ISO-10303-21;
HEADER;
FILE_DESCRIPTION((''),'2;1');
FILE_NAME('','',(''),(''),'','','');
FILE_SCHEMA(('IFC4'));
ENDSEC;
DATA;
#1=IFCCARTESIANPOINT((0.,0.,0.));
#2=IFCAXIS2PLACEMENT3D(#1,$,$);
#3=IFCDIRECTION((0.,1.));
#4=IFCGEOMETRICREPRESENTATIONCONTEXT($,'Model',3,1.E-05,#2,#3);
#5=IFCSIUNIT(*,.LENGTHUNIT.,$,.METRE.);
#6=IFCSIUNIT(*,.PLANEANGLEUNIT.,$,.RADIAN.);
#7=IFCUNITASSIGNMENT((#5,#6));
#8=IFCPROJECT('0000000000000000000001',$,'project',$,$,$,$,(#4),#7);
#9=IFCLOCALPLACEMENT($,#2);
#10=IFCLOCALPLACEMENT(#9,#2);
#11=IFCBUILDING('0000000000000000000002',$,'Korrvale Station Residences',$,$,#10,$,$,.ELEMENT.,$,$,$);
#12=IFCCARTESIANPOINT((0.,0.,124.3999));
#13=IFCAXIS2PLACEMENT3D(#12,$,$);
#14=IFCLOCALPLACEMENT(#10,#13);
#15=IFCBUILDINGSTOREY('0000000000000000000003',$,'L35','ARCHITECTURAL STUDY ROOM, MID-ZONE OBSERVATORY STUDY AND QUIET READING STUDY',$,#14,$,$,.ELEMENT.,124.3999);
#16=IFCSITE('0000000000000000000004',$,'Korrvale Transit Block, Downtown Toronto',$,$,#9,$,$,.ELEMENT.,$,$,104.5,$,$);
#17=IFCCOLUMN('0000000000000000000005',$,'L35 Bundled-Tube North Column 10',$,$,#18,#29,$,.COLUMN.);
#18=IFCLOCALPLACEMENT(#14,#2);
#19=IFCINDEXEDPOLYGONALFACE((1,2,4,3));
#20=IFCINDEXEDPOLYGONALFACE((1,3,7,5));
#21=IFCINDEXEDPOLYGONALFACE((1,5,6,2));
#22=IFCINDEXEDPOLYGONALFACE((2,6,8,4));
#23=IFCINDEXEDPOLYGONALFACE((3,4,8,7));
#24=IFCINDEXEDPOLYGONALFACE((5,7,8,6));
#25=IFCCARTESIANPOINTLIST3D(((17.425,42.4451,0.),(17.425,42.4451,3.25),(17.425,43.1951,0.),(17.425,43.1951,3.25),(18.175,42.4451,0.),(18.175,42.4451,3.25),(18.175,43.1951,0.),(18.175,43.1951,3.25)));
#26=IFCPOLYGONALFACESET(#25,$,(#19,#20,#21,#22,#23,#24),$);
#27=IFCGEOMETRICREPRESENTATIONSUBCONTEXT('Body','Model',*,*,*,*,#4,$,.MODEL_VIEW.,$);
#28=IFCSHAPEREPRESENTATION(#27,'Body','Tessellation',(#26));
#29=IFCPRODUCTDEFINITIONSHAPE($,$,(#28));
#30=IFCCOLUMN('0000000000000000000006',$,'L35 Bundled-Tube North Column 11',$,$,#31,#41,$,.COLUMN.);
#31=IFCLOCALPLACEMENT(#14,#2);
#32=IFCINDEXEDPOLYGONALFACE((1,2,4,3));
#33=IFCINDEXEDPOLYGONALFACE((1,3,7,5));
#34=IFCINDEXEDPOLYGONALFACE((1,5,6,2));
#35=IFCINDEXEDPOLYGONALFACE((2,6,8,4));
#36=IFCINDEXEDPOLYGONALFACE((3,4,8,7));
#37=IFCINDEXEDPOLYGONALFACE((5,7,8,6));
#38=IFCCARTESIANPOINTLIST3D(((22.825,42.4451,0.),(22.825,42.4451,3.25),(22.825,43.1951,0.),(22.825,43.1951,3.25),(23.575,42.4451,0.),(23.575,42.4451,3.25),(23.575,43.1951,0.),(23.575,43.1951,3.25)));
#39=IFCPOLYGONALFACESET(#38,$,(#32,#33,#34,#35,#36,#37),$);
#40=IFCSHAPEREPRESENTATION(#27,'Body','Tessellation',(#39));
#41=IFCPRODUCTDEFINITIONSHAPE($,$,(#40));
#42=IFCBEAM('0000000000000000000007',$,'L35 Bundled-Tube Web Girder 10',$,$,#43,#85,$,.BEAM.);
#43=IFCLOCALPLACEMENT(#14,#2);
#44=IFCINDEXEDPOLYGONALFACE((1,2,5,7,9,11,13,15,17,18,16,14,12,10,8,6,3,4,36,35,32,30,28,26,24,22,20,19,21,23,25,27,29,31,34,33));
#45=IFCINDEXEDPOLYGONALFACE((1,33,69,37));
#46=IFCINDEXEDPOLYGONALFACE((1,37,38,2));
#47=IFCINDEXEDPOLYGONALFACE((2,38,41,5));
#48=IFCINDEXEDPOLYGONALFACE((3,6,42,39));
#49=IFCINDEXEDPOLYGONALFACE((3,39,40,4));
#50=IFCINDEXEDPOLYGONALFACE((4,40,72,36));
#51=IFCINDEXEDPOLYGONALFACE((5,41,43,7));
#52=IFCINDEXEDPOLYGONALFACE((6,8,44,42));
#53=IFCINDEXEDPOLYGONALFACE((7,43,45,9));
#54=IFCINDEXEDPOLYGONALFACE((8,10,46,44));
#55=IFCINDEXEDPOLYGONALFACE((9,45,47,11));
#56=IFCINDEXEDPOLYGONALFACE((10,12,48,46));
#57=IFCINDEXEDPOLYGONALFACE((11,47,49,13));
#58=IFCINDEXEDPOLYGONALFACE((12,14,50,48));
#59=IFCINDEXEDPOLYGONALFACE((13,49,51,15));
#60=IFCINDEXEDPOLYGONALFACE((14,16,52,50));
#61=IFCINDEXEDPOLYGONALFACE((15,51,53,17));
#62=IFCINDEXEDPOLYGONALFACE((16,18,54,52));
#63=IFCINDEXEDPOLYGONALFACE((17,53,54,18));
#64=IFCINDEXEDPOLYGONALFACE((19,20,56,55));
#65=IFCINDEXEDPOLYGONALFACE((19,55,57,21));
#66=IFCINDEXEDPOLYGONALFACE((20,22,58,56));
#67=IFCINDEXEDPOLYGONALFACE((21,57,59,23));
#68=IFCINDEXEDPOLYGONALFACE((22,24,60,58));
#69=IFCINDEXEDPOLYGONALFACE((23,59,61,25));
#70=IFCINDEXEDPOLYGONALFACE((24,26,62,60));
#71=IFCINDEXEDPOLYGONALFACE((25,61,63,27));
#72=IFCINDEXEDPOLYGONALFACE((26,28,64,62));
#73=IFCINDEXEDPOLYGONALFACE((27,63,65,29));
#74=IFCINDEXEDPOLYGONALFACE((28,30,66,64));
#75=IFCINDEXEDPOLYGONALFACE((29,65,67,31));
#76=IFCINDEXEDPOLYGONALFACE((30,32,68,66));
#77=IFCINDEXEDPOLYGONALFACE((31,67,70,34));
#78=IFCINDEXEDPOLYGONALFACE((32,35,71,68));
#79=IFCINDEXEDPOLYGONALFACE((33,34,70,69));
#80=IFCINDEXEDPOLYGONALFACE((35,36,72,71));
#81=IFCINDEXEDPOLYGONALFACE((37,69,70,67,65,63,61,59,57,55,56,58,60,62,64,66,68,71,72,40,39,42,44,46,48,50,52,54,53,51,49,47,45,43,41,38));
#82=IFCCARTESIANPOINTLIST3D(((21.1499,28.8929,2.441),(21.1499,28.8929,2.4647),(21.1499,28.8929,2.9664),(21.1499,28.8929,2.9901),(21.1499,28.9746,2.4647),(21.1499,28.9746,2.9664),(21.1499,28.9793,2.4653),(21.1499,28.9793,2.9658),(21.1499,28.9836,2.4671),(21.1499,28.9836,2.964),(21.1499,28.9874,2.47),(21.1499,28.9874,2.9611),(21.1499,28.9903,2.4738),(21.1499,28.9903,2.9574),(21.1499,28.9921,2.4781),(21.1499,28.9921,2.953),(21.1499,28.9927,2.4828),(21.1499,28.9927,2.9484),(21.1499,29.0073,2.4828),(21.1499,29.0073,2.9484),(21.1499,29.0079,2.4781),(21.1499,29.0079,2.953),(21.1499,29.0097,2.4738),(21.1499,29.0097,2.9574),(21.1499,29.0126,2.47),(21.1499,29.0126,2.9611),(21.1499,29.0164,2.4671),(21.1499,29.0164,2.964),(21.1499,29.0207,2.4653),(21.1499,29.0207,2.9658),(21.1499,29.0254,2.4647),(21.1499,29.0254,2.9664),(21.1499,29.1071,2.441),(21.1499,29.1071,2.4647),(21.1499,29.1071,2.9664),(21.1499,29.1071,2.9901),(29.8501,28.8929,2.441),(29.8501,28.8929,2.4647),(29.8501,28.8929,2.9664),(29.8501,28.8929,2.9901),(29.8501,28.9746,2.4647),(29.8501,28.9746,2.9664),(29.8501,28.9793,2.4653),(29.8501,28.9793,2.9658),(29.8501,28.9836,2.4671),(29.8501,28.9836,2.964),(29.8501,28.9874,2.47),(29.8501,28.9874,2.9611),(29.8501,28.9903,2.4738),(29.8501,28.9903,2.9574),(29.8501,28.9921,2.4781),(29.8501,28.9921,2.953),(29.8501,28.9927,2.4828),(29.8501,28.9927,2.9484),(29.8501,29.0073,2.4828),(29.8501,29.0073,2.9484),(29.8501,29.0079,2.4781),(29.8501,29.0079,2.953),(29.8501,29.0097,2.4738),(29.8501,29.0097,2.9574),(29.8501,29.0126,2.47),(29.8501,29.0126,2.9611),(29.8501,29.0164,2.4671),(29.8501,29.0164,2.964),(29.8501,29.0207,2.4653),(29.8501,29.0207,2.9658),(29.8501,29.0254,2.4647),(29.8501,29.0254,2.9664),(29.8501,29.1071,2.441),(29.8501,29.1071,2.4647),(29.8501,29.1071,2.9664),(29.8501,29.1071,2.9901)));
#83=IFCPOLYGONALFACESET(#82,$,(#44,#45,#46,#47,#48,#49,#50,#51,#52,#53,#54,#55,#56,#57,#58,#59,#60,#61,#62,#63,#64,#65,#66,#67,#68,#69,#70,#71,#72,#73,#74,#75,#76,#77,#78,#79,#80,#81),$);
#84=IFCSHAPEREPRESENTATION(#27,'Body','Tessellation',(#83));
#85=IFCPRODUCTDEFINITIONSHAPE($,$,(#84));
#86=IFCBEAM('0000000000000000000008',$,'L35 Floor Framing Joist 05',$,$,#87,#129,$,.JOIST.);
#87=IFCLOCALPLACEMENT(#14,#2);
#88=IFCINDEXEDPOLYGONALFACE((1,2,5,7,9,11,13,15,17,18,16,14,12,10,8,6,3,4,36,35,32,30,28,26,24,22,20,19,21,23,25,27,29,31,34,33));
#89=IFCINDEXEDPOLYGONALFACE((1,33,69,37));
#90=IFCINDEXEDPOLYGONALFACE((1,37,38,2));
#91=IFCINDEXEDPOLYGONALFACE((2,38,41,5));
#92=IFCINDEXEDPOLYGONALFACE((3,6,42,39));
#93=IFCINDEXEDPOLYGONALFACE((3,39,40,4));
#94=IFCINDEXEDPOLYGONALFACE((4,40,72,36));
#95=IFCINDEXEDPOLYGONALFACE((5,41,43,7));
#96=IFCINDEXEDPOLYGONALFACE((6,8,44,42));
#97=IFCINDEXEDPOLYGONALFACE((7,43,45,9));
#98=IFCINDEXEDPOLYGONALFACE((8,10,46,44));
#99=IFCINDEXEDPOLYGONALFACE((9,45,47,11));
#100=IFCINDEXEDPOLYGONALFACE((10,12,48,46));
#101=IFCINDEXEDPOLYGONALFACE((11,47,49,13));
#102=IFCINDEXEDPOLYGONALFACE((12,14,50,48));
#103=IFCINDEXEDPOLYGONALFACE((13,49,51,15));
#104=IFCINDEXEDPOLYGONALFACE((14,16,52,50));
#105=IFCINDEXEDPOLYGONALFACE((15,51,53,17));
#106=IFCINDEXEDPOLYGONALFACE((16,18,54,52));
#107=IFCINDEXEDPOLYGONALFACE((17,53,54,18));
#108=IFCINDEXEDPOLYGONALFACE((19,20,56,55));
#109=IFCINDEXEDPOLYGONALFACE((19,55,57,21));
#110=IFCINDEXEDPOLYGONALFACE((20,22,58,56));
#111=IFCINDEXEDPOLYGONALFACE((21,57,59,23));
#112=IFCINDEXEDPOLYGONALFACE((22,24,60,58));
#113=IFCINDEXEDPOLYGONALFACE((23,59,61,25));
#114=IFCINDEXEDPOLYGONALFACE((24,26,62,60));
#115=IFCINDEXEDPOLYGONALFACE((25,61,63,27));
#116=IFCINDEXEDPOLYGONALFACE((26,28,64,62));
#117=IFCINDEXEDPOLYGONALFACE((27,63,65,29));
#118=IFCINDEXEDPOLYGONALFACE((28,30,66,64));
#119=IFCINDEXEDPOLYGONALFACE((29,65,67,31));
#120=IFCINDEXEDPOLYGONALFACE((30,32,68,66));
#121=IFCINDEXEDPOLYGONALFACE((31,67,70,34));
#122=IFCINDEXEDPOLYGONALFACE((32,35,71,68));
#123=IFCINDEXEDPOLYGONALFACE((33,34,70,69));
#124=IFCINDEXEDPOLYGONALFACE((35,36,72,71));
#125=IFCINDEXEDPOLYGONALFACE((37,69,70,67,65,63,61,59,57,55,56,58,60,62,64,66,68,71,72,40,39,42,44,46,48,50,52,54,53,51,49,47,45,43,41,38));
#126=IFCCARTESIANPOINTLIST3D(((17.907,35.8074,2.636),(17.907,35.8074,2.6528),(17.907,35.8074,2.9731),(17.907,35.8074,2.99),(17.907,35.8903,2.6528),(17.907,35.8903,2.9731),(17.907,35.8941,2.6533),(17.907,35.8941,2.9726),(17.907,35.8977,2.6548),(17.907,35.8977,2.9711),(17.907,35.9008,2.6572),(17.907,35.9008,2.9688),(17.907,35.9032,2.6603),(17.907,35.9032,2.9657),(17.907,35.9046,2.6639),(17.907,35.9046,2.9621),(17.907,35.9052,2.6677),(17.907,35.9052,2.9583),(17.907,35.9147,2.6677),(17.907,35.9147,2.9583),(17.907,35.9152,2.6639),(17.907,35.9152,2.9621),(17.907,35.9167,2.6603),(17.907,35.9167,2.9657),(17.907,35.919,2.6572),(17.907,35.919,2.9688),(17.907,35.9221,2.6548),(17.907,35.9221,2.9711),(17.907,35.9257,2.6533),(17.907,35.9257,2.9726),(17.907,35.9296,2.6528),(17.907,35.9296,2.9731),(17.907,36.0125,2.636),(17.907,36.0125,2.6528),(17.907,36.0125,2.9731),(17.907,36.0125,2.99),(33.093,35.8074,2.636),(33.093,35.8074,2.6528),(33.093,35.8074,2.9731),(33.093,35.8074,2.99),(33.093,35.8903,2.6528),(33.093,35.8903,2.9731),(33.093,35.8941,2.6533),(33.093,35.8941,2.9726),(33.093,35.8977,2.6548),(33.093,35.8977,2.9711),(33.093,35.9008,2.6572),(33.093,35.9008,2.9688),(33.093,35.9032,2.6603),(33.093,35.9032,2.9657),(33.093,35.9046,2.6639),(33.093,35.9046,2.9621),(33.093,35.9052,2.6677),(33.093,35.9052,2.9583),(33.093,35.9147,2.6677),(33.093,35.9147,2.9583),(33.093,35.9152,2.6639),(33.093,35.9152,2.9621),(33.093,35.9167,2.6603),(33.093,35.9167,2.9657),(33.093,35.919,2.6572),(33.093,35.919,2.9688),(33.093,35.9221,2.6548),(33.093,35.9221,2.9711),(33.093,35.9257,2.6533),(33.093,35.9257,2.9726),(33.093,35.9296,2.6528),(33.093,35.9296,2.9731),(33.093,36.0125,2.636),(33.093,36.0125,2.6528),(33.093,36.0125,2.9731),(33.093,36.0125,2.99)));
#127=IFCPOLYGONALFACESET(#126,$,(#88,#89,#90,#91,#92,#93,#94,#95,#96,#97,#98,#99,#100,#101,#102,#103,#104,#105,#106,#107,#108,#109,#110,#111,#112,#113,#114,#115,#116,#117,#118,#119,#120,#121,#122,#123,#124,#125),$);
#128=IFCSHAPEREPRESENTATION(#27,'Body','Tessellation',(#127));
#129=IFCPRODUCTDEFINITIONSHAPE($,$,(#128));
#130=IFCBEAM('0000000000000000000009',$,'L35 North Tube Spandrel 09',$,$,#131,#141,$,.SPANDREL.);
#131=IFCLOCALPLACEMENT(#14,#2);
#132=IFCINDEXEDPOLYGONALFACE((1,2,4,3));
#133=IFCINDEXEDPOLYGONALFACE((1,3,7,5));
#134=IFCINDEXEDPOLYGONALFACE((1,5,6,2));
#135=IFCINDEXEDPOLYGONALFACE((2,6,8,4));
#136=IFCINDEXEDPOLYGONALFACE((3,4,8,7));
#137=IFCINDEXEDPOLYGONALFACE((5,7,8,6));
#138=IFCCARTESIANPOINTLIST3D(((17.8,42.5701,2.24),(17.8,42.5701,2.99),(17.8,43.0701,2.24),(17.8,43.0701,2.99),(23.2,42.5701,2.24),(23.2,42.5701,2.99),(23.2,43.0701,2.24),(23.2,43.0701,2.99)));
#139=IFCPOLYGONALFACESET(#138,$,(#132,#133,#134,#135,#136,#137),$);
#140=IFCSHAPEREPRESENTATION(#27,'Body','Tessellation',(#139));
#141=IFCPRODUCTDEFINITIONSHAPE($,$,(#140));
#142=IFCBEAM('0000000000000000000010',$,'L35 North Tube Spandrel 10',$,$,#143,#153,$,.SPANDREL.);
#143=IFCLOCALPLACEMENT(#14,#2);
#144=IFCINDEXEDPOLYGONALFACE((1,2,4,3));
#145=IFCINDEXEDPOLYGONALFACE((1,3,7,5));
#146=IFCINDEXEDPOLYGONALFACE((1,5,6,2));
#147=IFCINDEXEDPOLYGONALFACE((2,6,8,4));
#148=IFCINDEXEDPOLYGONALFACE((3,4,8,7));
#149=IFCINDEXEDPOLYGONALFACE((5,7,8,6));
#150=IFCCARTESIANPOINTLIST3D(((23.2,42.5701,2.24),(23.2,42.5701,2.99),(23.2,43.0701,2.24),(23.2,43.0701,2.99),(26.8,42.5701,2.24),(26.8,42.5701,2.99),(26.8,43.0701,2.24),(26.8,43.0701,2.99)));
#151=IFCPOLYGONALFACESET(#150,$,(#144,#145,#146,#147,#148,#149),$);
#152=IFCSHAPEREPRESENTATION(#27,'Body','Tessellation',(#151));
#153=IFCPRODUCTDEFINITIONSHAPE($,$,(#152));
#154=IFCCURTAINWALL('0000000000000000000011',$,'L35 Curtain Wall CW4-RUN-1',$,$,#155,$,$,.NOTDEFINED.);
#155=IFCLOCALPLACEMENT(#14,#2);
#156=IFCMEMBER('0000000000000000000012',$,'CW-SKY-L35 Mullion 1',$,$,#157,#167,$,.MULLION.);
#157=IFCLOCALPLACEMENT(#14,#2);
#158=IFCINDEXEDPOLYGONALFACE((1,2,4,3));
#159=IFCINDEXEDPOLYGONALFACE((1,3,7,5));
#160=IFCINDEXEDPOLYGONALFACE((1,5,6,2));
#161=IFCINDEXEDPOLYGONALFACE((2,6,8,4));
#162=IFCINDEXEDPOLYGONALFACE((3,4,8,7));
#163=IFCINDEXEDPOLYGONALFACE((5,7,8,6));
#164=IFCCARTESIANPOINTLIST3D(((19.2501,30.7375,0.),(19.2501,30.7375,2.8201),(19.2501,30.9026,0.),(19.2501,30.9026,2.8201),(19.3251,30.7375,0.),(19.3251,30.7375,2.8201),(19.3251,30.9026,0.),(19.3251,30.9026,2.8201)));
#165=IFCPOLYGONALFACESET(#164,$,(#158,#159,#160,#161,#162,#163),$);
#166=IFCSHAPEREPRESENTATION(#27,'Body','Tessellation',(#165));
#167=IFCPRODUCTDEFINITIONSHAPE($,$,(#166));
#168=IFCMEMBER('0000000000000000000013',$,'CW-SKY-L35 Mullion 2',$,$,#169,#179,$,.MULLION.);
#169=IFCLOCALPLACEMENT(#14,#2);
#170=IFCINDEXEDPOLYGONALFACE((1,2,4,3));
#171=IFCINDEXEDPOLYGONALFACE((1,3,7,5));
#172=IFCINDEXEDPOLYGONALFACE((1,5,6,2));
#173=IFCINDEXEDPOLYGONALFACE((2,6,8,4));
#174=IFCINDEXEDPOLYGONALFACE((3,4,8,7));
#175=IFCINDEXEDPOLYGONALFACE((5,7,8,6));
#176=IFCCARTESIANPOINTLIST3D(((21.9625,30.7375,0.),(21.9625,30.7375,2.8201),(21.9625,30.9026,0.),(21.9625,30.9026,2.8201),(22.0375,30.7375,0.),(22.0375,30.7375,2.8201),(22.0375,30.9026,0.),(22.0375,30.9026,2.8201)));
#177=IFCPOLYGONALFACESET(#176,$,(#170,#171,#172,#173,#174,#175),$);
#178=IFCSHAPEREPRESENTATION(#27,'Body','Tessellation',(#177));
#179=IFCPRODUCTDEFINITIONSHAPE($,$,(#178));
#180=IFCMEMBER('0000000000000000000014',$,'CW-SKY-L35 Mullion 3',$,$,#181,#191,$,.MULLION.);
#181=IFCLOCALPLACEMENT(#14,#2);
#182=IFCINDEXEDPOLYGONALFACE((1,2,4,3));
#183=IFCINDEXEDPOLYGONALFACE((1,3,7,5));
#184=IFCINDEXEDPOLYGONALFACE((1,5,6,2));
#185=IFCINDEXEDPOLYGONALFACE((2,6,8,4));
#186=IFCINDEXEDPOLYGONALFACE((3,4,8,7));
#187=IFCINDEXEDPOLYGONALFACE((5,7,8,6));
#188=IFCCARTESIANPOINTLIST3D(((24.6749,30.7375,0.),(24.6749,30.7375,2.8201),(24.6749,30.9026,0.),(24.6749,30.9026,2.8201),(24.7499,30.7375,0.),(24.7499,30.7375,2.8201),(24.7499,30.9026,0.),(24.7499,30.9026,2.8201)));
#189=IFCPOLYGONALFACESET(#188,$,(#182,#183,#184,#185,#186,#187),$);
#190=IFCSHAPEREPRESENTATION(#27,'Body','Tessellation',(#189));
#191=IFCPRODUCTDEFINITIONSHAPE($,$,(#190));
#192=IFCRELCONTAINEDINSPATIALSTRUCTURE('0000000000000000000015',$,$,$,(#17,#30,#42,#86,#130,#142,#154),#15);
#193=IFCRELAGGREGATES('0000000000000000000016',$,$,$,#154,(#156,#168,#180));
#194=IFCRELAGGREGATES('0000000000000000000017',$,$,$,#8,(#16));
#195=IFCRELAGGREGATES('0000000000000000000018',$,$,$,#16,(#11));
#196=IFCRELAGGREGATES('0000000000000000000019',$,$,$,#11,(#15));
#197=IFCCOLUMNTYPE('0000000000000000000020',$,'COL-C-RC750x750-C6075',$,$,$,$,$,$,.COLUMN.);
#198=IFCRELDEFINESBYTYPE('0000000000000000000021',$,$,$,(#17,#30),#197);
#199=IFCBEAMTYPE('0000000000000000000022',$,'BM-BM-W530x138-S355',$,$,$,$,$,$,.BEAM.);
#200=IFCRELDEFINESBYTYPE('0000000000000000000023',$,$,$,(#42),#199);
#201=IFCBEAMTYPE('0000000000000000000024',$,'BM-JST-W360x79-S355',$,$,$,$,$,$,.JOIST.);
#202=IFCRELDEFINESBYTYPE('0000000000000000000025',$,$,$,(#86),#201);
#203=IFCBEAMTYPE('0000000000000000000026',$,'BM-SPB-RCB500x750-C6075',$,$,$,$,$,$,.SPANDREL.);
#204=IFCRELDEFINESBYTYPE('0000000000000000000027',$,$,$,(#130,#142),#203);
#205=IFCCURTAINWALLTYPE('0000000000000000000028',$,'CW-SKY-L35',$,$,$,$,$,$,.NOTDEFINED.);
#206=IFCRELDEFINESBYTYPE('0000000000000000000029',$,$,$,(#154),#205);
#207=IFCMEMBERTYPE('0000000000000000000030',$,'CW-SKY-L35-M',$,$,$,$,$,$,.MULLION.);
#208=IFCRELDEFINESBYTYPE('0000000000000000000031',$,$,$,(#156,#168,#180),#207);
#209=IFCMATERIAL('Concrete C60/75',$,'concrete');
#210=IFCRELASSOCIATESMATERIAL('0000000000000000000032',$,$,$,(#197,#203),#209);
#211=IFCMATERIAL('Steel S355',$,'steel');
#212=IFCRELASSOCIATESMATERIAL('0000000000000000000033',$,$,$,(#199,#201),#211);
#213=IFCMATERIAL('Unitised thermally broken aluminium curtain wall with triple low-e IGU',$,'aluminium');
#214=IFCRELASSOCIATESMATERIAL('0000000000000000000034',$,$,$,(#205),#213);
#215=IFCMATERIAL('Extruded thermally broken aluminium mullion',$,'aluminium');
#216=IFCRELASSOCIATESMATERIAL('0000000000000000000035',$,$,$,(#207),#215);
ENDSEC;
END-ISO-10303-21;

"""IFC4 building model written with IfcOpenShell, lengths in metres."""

from ifc_helpers import new_model, si_unit, direction, frame, origin, origin_2d, place, context, subcontext, project, spatial, rectangle, i_section, extrude, material, material_profile, profile_set, type_object, element, aggregate, save


model = new_model("IFC4")

# Units and contexts
model_context = context("Model", 3, precision=1e-05, world=origin(), true_north=direction((0.0, 1.0)))
body_context = subcontext(model_context, "Body", "Model", "MODEL_VIEW")
ifc_project = project(units=[si_unit("LENGTHUNIT", "METRE"), si_unit("PLANEANGLEUNIT", "RADIAN")], contexts=[model_context])

# Site, building, storey
site_placement = place(None, origin())
site = spatial("IfcSite", under=ifc_project, at=site_placement, Name="Korrvale Transit Block, Downtown Toronto", CompositionType="ELEMENT", RefElevation=104.5)
building_placement = place(site_placement, origin())
building = spatial("IfcBuilding", under=site, at=building_placement, Name="Korrvale Station Residences", CompositionType="ELEMENT")
storey_placement = place(building_placement, frame((0.0, 0.0, 124.3999)))
storey = spatial("IfcBuildingStorey", under=building, at=storey_placement, Name="L35", Description="ARCHITECTURAL STUDY ROOM, MID-ZONE OBSERVATORY STUDY AND QUIET READING STUDY", CompositionType="ELEMENT", Elevation=124.3999)

# Columns
ifc_material_1 = material(Name="Concrete C60/75", Category="concrete")
ifc_material_profile_1 = material_profile(ifc_material_1, rectangle(XDim=0.75, YDim=0.75, at=origin_2d()), Name="RC750x750")
ifc_profile_set_1 = profile_set([ifc_material_profile_1], Name="Concrete C60/75")
column_type = type_object("IfcColumnType", Name="COL-C-RC750x750-C6075", PredefinedType="COLUMN", material=ifc_profile_set_1)
for number, where, z_axis, x_axis, name in (
    (1, (17.8, 42.8201, 0.0), (0.0, 0.0, 1.0), (1.0, 0.0, 0.0), "L35 Bundled-Tube North Column 10"),
    (2, (23.2, 42.8201, 0.0), (0.0, 0.0, 1.0), (1.0, 0.0, 0.0), "L35 Bundled-Tube North Column 11"),
):
    element("IfcColumn", number, at=place(storey_placement, frame(where, z_axis=z_axis, x_axis=x_axis)), inside=storey, type_object=column_type, Name=name, PredefinedType="COLUMN", context=body_context, shape_type="SweptSolid", body=[
        extrude(rectangle(XDim=0.75, YDim=0.75, at=origin_2d()), origin(), (0.0, 0.0, 1.0), 3.25),
    ])

# Beams
ifc_material_2 = material(Name="Steel S355", Category="steel")
ifc_material_profile_2 = material_profile(ifc_material_2, i_section(OverallWidth=0.2141, OverallDepth=0.5491, WebThickness=0.0146, FlangeThickness=0.0237, FilletRadius=0.0181, at=origin_2d()), Name="W530x138")
ifc_profile_set_2 = profile_set([ifc_material_profile_2], Name="Steel S355")
beam_type_1 = type_object("IfcBeamType", Name="BM-BM-W530x138-S355", PredefinedType="BEAM", material=ifc_profile_set_2)
beam_1_placement = place(storey_placement, frame((21.1499, 29.0, 2.7156), z_axis=(1.0, 0.0, 0.0), x_axis=(0.0, 1.0, 0.0)))
element("IfcBeam", 3, at=beam_1_placement, inside=storey, type_object=beam_type_1, Name="L35 Bundled-Tube Web Girder 10", PredefinedType="BEAM", context=body_context, shape_type="SweptSolid", body=[
    extrude(i_section(OverallWidth=0.2141, OverallDepth=0.5491, WebThickness=0.0146, FlangeThickness=0.0237, FilletRadius=0.0181, at=origin_2d()), origin(), (0.0, 0.0, 1.0), 8.7002),
])
ifc_material_profile_3 = material_profile(ifc_material_2, i_section(OverallWidth=0.2051, OverallDepth=0.354, WebThickness=0.0095, FlangeThickness=0.0168, FilletRadius=0.0149, at=origin_2d()), Name="W360x79")
ifc_profile_set_3 = profile_set([ifc_material_profile_3], Name="Steel S355")
beam_type_2 = type_object("IfcBeamType", Name="BM-JST-W360x79-S355", PredefinedType="JOIST", material=ifc_profile_set_3)
beam_2_placement = place(storey_placement, frame((17.907, 35.9099, 2.813), z_axis=(1.0, 0.0, 0.0), x_axis=(0.0, 1.0, 0.0)))
element("IfcBeam", 4, at=beam_2_placement, inside=storey, type_object=beam_type_2, Name="L35 Floor Framing Joist 05", PredefinedType="JOIST", context=body_context, shape_type="SweptSolid", body=[
    extrude(i_section(OverallWidth=0.2051, OverallDepth=0.354, WebThickness=0.0095, FlangeThickness=0.0168, FilletRadius=0.0149, at=origin_2d()), origin(), (0.0, 0.0, 1.0), 15.186),
])
ifc_material_profile_4 = material_profile(ifc_material_1, rectangle(XDim=0.5, YDim=0.75, at=origin_2d()), Name="RCB500x750")
ifc_profile_set_4 = profile_set([ifc_material_profile_4], Name="Concrete C60/75")
beam_type_3 = type_object("IfcBeamType", Name="BM-SPB-RCB500x750-C6075", PredefinedType="SPANDREL", material=ifc_profile_set_4)
beam_3_placement = place(storey_placement, frame((17.8, 42.8201, 2.615), z_axis=(1.0, 0.0, 0.0), x_axis=(0.0, 1.0, 0.0)))
element("IfcBeam", 5, at=beam_3_placement, inside=storey, type_object=beam_type_3, Name="L35 North Tube Spandrel 09", PredefinedType="SPANDREL", context=body_context, shape_type="SweptSolid", body=[
    extrude(rectangle(XDim=0.5, YDim=0.75, at=origin_2d()), origin(), (0.0, 0.0, 1.0), 5.3999),
])
beam_4_placement = place(storey_placement, frame((23.2, 42.8201, 2.615), z_axis=(1.0, 0.0, 0.0), x_axis=(0.0, 1.0, 0.0)))
element("IfcBeam", 6, at=beam_4_placement, inside=storey, type_object=beam_type_3, Name="L35 North Tube Spandrel 10", PredefinedType="SPANDREL", context=body_context, shape_type="SweptSolid", body=[
    extrude(rectangle(XDim=0.5, YDim=0.75, at=origin_2d()), origin(), (0.0, 0.0, 1.0), 3.6001),
])

# Curtain wall, members
ifc_material_3 = material(Name="Unitised thermally broken aluminium curtain wall with triple low-e IGU", Category="aluminium")
curtain_wall_type = type_object("IfcCurtainWallType", Name="CW-SKY-L35", PredefinedType="NOTDEFINED", material=ifc_material_3)
curtain_wall_placement = place(storey_placement, origin())
curtain_wall = element("IfcCurtainWall", 7, at=curtain_wall_placement, inside=storey, type_object=curtain_wall_type, Name="L35 Curtain Wall CW4-RUN-1", PredefinedType="NOTDEFINED")
ifc_material_4 = material(Name="Extruded thermally broken aluminium mullion", Category="aluminium")
member_type_1 = type_object("IfcMemberType", Name="CW-SKY-L35-M", PredefinedType="MULLION", material=ifc_material_4)
member_1_placement = place(storey_placement, frame((19.2876, 30.8201, 0.0), z_axis=(0.0, 0.0, 1.0), x_axis=(1.0, 0.0, 0.0)))
member_1 = element("IfcMember", 8, at=member_1_placement, type_object=member_type_1, Name="CW-SKY-L35 Mullion 1", PredefinedType="MULLION", context=body_context, shape_type="SweptSolid", body=[
    extrude(rectangle(XDim=0.075, YDim=0.165, at=origin_2d()), origin(), (0.0, 0.0, 1.0), 2.8201),
])
member_2_placement = place(storey_placement, frame((22.0, 30.8201, 0.0), z_axis=(0.0, 0.0, 1.0), x_axis=(1.0, 0.0, 0.0)))
member_2 = element("IfcMember", 9, at=member_2_placement, type_object=member_type_1, Name="CW-SKY-L35 Mullion 2", PredefinedType="MULLION", context=body_context, shape_type="SweptSolid", body=[
    extrude(rectangle(XDim=0.075, YDim=0.165, at=origin_2d()), origin(), (0.0, 0.0, 1.0), 2.8201),
])
member_3_placement = place(storey_placement, frame((24.7124, 30.8201, 0.0), z_axis=(0.0, 0.0, 1.0), x_axis=(1.0, 0.0, 0.0)))
member_3 = element("IfcMember", 10, at=member_3_placement, type_object=member_type_1, Name="CW-SKY-L35 Mullion 3", PredefinedType="MULLION", context=body_context, shape_type="SweptSolid", body=[
    extrude(rectangle(XDim=0.075, YDim=0.165, at=origin_2d()), origin(), (0.0, 0.0, 1.0), 2.8201),
])
aggregate(curtain_wall, [member_1, member_2, member_3])

save(model, "model.ifc")
